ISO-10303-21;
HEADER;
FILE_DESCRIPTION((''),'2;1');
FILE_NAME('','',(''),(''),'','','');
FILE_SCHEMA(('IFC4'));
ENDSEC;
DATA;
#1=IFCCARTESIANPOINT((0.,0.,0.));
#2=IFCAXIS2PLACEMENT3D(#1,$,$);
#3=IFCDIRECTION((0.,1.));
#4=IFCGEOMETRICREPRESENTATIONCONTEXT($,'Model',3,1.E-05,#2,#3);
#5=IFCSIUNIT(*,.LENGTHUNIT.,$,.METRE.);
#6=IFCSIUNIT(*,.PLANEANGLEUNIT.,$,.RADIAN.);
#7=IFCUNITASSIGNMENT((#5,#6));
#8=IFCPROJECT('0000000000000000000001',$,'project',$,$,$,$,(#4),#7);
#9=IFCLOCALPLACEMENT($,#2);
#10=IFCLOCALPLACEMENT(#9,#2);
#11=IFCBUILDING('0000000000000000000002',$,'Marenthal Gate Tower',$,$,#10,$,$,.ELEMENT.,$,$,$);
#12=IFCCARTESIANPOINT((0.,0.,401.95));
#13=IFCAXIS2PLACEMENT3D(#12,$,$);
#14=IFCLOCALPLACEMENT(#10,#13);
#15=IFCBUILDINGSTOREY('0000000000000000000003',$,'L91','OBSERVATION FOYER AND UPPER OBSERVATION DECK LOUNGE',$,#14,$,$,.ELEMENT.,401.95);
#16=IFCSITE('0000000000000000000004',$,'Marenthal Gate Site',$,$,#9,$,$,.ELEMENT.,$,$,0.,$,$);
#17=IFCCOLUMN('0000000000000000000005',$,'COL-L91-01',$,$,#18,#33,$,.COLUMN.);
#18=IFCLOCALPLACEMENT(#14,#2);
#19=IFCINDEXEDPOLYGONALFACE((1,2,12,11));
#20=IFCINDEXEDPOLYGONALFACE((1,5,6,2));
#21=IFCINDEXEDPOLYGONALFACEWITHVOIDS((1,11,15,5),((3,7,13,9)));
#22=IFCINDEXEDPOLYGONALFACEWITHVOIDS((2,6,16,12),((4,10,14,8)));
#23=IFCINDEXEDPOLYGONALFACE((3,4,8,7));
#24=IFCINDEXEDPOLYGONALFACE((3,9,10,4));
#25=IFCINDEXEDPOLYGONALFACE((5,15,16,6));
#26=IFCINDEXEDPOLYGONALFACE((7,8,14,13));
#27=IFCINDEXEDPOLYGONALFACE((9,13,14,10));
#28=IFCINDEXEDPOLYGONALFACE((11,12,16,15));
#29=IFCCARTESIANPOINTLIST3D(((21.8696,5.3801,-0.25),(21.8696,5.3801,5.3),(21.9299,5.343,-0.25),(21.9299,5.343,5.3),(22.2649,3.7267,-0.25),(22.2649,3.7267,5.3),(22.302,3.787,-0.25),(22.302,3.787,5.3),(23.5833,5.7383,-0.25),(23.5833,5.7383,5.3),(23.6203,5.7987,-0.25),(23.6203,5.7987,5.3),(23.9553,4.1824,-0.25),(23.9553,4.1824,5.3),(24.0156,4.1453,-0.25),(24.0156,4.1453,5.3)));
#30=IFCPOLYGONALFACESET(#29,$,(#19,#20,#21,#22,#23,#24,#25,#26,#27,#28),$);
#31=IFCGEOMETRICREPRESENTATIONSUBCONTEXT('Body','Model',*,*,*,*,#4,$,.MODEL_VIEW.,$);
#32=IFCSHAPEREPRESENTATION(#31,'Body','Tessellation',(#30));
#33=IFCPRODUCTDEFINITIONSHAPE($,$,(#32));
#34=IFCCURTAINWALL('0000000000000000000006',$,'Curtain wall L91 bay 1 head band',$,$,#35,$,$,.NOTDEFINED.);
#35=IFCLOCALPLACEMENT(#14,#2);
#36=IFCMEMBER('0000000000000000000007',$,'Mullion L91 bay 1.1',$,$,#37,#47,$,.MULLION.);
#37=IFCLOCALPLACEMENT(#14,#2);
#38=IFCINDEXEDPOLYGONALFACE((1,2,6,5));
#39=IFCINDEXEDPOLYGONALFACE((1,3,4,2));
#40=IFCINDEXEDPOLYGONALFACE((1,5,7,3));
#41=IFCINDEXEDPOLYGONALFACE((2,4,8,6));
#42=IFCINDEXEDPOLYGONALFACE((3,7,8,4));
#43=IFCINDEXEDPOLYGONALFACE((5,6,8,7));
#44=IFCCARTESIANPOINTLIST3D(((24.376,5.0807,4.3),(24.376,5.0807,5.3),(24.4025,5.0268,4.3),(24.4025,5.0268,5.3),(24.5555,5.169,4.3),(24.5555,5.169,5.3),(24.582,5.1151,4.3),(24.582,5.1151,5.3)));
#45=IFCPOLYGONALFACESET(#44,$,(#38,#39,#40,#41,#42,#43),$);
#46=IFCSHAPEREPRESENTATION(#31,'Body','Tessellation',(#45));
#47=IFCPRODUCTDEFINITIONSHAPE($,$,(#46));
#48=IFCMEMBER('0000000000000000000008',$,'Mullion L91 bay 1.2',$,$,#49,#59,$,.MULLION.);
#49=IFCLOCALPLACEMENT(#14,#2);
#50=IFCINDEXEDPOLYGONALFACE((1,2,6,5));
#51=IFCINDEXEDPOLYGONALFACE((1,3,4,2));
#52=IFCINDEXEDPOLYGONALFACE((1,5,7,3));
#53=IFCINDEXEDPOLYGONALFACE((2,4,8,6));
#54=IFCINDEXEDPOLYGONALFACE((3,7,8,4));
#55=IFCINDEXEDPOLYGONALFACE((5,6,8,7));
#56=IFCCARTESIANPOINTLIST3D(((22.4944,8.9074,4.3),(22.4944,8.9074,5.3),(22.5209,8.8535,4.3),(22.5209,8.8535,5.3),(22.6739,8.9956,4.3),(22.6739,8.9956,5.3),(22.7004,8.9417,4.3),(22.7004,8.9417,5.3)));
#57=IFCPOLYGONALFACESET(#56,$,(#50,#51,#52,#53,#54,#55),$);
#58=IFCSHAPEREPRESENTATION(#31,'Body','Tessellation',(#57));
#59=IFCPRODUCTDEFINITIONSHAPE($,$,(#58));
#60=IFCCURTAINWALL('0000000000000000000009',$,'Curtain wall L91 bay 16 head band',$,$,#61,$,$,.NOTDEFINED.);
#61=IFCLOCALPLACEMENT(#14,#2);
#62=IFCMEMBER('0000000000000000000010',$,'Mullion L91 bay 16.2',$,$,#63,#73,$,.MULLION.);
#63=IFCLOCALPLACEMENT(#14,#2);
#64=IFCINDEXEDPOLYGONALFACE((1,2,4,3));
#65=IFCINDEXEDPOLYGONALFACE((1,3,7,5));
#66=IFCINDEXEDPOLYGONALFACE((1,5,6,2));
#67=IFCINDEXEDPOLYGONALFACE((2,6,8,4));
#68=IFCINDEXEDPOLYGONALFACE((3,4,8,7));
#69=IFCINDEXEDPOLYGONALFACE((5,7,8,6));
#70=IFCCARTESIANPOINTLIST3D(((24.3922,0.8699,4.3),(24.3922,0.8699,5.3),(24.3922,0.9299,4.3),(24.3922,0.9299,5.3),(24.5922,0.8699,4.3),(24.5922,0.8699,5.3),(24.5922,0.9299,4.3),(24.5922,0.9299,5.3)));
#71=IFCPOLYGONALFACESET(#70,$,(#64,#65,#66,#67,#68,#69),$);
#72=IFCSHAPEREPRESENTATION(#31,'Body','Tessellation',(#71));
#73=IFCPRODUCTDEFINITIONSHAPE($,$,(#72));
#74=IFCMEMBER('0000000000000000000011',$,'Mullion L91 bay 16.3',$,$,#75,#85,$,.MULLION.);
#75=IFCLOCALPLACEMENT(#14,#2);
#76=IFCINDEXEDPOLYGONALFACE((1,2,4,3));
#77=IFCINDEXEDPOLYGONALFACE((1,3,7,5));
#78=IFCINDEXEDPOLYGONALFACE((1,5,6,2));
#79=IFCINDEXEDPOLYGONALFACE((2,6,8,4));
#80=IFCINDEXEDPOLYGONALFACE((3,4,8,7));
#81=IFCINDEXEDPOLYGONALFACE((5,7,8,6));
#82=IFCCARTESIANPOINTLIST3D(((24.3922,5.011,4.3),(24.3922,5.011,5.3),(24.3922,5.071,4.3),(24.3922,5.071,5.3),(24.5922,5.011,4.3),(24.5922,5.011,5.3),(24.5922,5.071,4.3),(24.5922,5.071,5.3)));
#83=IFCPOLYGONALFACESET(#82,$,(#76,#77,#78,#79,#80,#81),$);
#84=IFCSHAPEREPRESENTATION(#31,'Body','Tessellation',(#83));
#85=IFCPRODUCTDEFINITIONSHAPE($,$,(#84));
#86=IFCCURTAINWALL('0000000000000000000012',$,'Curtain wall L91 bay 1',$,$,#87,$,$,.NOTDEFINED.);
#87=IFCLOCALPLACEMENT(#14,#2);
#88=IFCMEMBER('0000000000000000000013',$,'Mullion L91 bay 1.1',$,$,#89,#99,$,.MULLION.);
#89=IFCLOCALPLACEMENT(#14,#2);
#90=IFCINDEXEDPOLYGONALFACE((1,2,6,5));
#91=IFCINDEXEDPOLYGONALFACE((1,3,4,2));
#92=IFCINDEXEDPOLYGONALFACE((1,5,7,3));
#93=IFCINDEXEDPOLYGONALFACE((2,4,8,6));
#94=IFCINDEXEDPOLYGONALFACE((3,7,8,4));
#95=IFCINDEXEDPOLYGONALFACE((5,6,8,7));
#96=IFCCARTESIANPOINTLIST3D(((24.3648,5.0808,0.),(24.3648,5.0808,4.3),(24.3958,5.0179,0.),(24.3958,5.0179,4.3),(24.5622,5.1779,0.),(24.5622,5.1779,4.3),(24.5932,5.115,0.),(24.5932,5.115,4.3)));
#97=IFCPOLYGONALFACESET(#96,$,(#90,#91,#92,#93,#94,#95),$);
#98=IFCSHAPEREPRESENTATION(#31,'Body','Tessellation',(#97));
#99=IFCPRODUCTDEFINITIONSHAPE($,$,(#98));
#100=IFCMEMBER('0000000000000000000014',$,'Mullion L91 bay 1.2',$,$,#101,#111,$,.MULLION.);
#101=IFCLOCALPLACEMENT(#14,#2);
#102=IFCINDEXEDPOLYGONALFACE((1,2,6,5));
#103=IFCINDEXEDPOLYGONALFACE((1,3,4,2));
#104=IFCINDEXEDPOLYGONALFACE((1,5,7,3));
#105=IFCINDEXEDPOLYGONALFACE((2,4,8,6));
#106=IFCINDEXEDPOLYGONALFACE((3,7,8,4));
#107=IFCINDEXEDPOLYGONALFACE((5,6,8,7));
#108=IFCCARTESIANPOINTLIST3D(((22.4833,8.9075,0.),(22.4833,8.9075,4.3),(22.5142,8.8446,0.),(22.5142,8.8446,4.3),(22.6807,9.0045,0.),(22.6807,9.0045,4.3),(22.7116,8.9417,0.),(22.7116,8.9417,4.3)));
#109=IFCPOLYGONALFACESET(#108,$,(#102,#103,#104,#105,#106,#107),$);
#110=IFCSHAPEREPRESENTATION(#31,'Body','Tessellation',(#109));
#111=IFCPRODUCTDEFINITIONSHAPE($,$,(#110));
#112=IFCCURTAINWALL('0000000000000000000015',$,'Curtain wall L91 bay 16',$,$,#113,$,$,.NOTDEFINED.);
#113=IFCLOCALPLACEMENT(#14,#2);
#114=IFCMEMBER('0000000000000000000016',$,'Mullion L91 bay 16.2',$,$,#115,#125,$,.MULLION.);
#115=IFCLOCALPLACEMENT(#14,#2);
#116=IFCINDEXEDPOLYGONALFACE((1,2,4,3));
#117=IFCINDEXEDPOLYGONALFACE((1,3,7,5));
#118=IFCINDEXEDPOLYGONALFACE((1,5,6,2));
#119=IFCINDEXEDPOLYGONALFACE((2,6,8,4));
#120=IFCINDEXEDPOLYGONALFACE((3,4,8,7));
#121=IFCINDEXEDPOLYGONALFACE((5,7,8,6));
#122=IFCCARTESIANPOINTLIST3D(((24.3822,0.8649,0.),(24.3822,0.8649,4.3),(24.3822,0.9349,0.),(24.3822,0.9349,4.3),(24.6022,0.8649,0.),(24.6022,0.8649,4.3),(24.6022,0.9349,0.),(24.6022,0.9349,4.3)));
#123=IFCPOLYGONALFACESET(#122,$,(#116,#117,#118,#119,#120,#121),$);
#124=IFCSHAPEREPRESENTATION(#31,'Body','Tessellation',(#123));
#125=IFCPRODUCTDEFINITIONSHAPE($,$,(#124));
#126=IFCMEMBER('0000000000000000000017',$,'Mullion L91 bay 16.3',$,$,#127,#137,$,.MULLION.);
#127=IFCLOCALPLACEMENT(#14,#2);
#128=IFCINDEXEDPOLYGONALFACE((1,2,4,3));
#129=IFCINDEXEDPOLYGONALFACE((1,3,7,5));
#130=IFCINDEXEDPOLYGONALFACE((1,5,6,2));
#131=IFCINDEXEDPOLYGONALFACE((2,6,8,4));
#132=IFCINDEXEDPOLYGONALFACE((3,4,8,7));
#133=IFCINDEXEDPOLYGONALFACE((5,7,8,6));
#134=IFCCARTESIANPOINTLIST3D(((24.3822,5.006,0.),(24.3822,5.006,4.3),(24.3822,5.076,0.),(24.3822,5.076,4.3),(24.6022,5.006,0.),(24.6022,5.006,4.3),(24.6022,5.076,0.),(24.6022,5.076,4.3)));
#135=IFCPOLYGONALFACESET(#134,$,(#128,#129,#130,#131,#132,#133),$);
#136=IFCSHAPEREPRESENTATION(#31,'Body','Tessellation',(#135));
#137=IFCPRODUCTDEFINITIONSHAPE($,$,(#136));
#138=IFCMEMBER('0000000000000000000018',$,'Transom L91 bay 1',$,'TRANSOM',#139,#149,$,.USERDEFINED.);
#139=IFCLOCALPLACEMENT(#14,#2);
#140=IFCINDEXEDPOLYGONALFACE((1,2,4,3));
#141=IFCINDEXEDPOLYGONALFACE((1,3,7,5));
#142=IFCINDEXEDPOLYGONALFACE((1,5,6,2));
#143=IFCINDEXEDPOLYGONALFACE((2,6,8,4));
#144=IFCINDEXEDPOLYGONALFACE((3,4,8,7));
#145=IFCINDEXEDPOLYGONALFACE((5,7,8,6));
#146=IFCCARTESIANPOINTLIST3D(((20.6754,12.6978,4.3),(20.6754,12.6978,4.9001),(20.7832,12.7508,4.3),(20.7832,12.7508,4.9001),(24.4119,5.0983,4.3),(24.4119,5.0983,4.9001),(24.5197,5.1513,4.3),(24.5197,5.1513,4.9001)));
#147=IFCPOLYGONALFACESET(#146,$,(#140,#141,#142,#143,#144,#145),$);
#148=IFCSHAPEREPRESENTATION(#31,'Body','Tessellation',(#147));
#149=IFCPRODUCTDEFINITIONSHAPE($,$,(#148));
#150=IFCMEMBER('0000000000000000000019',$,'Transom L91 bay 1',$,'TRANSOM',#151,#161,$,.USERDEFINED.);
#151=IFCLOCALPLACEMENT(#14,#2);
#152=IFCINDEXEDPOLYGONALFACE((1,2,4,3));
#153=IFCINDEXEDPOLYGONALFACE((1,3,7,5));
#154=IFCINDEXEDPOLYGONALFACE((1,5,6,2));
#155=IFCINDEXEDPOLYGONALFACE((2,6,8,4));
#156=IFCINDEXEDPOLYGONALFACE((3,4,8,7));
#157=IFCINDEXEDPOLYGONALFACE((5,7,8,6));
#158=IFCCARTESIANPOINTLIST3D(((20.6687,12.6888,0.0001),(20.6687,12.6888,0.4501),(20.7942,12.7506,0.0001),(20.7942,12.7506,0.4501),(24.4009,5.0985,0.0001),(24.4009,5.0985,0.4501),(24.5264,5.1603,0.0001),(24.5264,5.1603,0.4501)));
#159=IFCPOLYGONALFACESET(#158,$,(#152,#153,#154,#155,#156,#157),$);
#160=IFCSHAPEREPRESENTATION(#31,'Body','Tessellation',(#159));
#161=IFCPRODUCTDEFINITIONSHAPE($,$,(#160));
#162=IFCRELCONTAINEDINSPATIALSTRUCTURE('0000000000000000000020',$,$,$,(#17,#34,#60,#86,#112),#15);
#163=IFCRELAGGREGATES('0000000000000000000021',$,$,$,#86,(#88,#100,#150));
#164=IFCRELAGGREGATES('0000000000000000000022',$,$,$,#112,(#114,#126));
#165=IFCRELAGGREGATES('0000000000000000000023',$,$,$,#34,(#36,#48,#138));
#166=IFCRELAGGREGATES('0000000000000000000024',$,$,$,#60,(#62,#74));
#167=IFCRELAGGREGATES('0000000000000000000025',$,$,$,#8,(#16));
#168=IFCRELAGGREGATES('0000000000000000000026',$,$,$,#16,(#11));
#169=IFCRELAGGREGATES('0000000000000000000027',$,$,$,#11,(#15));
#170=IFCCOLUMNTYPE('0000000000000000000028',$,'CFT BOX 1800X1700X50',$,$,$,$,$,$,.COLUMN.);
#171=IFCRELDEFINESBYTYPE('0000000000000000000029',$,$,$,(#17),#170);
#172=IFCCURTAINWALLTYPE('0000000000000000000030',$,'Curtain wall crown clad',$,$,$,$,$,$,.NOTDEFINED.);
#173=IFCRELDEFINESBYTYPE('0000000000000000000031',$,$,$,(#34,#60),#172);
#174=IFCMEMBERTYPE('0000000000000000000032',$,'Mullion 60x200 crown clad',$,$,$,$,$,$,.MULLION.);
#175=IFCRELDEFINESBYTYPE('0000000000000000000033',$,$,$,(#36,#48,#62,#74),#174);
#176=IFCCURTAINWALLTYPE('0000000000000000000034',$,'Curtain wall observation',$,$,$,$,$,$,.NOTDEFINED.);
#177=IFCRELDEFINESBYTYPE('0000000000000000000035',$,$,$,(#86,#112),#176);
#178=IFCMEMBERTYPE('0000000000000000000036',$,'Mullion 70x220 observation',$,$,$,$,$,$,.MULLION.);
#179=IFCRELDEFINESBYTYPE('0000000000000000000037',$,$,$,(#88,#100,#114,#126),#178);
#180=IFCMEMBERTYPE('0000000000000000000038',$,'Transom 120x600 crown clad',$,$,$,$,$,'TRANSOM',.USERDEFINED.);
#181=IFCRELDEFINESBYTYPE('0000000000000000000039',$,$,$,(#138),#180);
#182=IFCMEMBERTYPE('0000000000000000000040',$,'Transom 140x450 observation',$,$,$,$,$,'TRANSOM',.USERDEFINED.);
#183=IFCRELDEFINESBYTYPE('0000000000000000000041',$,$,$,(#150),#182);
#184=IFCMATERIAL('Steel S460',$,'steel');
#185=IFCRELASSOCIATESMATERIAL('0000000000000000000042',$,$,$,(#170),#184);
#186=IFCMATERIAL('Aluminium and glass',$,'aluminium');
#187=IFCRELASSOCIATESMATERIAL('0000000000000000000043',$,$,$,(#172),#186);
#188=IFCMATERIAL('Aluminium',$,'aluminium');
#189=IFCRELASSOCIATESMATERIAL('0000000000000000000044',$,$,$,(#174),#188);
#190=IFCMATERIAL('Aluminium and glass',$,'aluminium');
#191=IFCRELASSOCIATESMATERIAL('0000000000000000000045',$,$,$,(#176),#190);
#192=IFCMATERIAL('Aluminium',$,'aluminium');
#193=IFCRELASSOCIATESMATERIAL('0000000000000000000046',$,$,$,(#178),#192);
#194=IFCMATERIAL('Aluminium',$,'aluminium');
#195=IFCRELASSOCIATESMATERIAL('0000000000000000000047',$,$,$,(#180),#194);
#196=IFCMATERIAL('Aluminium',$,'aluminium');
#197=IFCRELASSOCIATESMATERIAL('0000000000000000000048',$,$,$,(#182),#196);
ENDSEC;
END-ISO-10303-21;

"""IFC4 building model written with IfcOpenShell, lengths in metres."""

from ifc_helpers import new_model, si_unit, direction, frame, origin, origin_2d, place, context, subcontext, project, spatial, rectangle, hollow_rectangle, extrude, material, material_profile, profile_set, type_object, element, aggregate, save


model = new_model("IFC4")

# Units and contexts
model_context = context("Model", 3, precision=1e-05, world=origin(), true_north=direction((0.0, 1.0)))
body_context = subcontext(model_context, "Body", "Model", "MODEL_VIEW")
ifc_project = project(units=[si_unit("LENGTHUNIT", "METRE"), si_unit("PLANEANGLEUNIT", "RADIAN")], contexts=[model_context])

# Site, building, storey
site_placement = place(None, origin())
site = spatial("IfcSite", under=ifc_project, at=site_placement, Name="Marenthal Gate Site", CompositionType="ELEMENT", RefElevation=0.0)
building_placement = place(site_placement, origin())
building = spatial("IfcBuilding", under=site, at=building_placement, Name="Marenthal Gate Tower", CompositionType="ELEMENT")
storey_placement = place(building_placement, frame((0.0, 0.0, 401.95)))
storey = spatial("IfcBuildingStorey", under=building, at=storey_placement, Name="L91", Description="OBSERVATION FOYER AND UPPER OBSERVATION DECK LOUNGE", CompositionType="ELEMENT", Elevation=401.95)

# Column
ifc_material_1 = material(Name="Steel S460", Category="steel")
ifc_material_profile_1 = material_profile(ifc_material_1, hollow_rectangle(XDim=1.7, YDim=1.8, WallThickness=0.05, at=origin_2d()), Name="CFT BOX 1800X1700X50")
ifc_material_2 = material(Name="Concrete 70 MPa", Category="concrete")
ifc_material_profile_2 = material_profile(ifc_material_2, rectangle(XDim=1.6001, YDim=1.7, at=origin_2d()), Name="CFT BOX 1800X1700X50 INFILL")
ifc_profile_set_1 = profile_set([ifc_material_profile_1, ifc_material_profile_2], Name="Steel S460 shell, Concrete 70 MPa infill")
column_type = type_object("IfcColumnType", Name="CFT BOX 1800X1700X50", PredefinedType="COLUMN", material=ifc_profile_set_1)
column_placement = place(storey_placement, frame((22.9426, 4.7627, -0.25), z_axis=(0.0, 0.0, 1.0), x_axis=(0.232542, -0.972586, 0.0)))
element("IfcColumn", 1, at=column_placement, inside=storey, type_object=column_type, Name="COL-L91-01", PredefinedType="COLUMN", context=body_context, shape_type="SweptSolid", body=[
    extrude(hollow_rectangle(XDim=1.7, YDim=1.8, WallThickness=0.05, at=origin_2d()), origin(), (0.0, 0.0, 1.0), 5.55),
])

# Curtain walls, members
ifc_material_3 = material(Name="Aluminium and glass", Category="aluminium")
curtain_wall_type_1 = type_object("IfcCurtainWallType", Name="Curtain wall crown clad", PredefinedType="NOTDEFINED", material=ifc_material_3)
curtain_wall_1_placement = place(storey_placement, origin())
curtain_wall_1 = element("IfcCurtainWall", 2, at=curtain_wall_1_placement, inside=storey, type_object=curtain_wall_type_1, Name="Curtain wall L91 bay 1 head band", PredefinedType="NOTDEFINED")
ifc_material_4 = material(Name="Aluminium", Category="aluminium")
ifc_material_profile_3 = material_profile(ifc_material_4, rectangle(XDim=0.2, YDim=0.0601, at=origin_2d()), Name="60x200 aluminium mullion")
ifc_profile_set_2 = profile_set([ifc_material_profile_3], Name="Aluminium")
member_type_1 = type_object("IfcMemberType", Name="Mullion 60x200 crown clad", PredefinedType="MULLION", material=ifc_profile_set_2)
member_1_placement = place(storey_placement, frame((24.479, 5.0979, 4.3), z_axis=(0.0, 0.0, 1.0), x_axis=(-0.897386, -0.441247, 0.0)))
member_1 = element("IfcMember", 3, at=member_1_placement, type_object=member_type_1, Name="Mullion L91 bay 1.1", PredefinedType="MULLION", context=body_context, shape_type="SweptSolid", body=[
    extrude(rectangle(XDim=0.2, YDim=0.0601, at=origin_2d()), origin(), (0.0, 0.0, 1.0), 1.0),
])
member_2_placement = place(storey_placement, frame((22.5974, 8.9246, 4.3), z_axis=(0.0, 0.0, 1.0), x_axis=(-0.897386, -0.441247, 0.0)))
member_2 = element("IfcMember", 4, at=member_2_placement, type_object=member_type_1, Name="Mullion L91 bay 1.2", PredefinedType="MULLION", context=body_context, shape_type="SweptSolid", body=[
    extrude(rectangle(XDim=0.2, YDim=0.0601, at=origin_2d()), origin(), (0.0, 0.0, 1.0), 1.0),
])
curtain_wall_2_placement = place(storey_placement, origin())
curtain_wall_2 = element("IfcCurtainWall", 5, at=curtain_wall_2_placement, inside=storey, type_object=curtain_wall_type_1, Name="Curtain wall L91 bay 16 head band", PredefinedType="NOTDEFINED")
member_3_placement = place(storey_placement, frame((24.4922, 0.8999, 4.3), z_axis=(0.0, 0.0, 1.0), x_axis=(-1.0, 0.0, 0.0)))
member_3 = element("IfcMember", 6, at=member_3_placement, type_object=member_type_1, Name="Mullion L91 bay 16.2", PredefinedType="MULLION", context=body_context, shape_type="SweptSolid", body=[
    extrude(rectangle(XDim=0.2, YDim=0.0601, at=origin_2d()), origin(), (0.0, 0.0, 1.0), 1.0),
])
member_4_placement = place(storey_placement, frame((24.4922, 5.041, 4.3), z_axis=(0.0, 0.0, 1.0), x_axis=(-1.0, 0.0, 0.0)))
member_4 = element("IfcMember", 7, at=member_4_placement, type_object=member_type_1, Name="Mullion L91 bay 16.3", PredefinedType="MULLION", context=body_context, shape_type="SweptSolid", body=[
    extrude(rectangle(XDim=0.2, YDim=0.0601, at=origin_2d()), origin(), (0.0, 0.0, 1.0), 1.0),
])
ifc_material_5 = material(Name="Aluminium and glass", Category="aluminium")
curtain_wall_type_2 = type_object("IfcCurtainWallType", Name="Curtain wall observation", PredefinedType="NOTDEFINED", material=ifc_material_5)
curtain_wall_3_placement = place(storey_placement, origin())
curtain_wall_3 = element("IfcCurtainWall", 8, at=curtain_wall_3_placement, inside=storey, type_object=curtain_wall_type_2, Name="Curtain wall L91 bay 1", PredefinedType="NOTDEFINED")
ifc_material_6 = material(Name="Aluminium", Category="aluminium")
ifc_material_profile_4 = material_profile(ifc_material_6, rectangle(XDim=0.22, YDim=0.0701, at=origin_2d()), Name="70x220 aluminium mullion")
ifc_profile_set_3 = profile_set([ifc_material_profile_4], Name="Aluminium")
member_type_2 = type_object("IfcMemberType", Name="Mullion 70x220 observation", PredefinedType="MULLION", material=ifc_profile_set_3)
member_5_placement = place(storey_placement, frame((24.479, 5.0979, 0.0), z_axis=(0.0, 0.0, 1.0), x_axis=(-0.897386, -0.441247, 0.0)))
member_5 = element("IfcMember", 9, at=member_5_placement, type_object=member_type_2, Name="Mullion L91 bay 1.1", PredefinedType="MULLION", context=body_context, shape_type="SweptSolid", body=[
    extrude(rectangle(XDim=0.22, YDim=0.0701, at=origin_2d()), origin(), (0.0, 0.0, 1.0), 4.3),
])
member_6_placement = place(storey_placement, frame((22.5974, 8.9246, 0.0), z_axis=(0.0, 0.0, 1.0), x_axis=(-0.897386, -0.441247, 0.0)))
member_6 = element("IfcMember", 10, at=member_6_placement, type_object=member_type_2, Name="Mullion L91 bay 1.2", PredefinedType="MULLION", context=body_context, shape_type="SweptSolid", body=[
    extrude(rectangle(XDim=0.22, YDim=0.0701, at=origin_2d()), origin(), (0.0, 0.0, 1.0), 4.3),
])
curtain_wall_4_placement = place(storey_placement, origin())
curtain_wall_4 = element("IfcCurtainWall", 11, at=curtain_wall_4_placement, inside=storey, type_object=curtain_wall_type_2, Name="Curtain wall L91 bay 16", PredefinedType="NOTDEFINED")
member_7_placement = place(storey_placement, frame((24.4922, 0.8999, 0.0), z_axis=(0.0, 0.0, 1.0), x_axis=(-1.0, 0.0, 0.0)))
member_7 = element("IfcMember", 12, at=member_7_placement, type_object=member_type_2, Name="Mullion L91 bay 16.2", PredefinedType="MULLION", context=body_context, shape_type="SweptSolid", body=[
    extrude(rectangle(XDim=0.22, YDim=0.0701, at=origin_2d()), origin(), (0.0, 0.0, 1.0), 4.3),
])
member_8_placement = place(storey_placement, frame((24.4922, 5.041, 0.0), z_axis=(0.0, 0.0, 1.0), x_axis=(-1.0, 0.0, 0.0)))
member_8 = element("IfcMember", 13, at=member_8_placement, type_object=member_type_2, Name="Mullion L91 bay 16.3", PredefinedType="MULLION", context=body_context, shape_type="SweptSolid", body=[
    extrude(rectangle(XDim=0.22, YDim=0.0701, at=origin_2d()), origin(), (0.0, 0.0, 1.0), 4.3),
])

# Members
ifc_material_7 = material(Name="Aluminium", Category="aluminium")
ifc_material_profile_5 = material_profile(ifc_material_7, rectangle(XDim=0.1201, YDim=0.6001, at=origin_2d()), Name="120x600 aluminium transom")
ifc_profile_set_4 = profile_set([ifc_material_profile_5], Name="Aluminium")
member_type_3 = type_object("IfcMemberType", Name="Transom 120x600 crown clad", ElementType="TRANSOM", PredefinedType="USERDEFINED", material=ifc_profile_set_4)
member_9_placement = place(storey_placement, frame((24.4658, 5.1248, 4.6001), z_axis=(-0.44123, 0.897394, 0.0), x_axis=(-0.897394, -0.44123, 0.0)))
member_9 = element("IfcMember", 14, at=member_9_placement, type_object=member_type_3, Name="Transom L91 bay 1", ObjectType="TRANSOM", PredefinedType="USERDEFINED", context=body_context, shape_type="SweptSolid", body=[
    extrude(rectangle(XDim=0.1201, YDim=0.6001, at=origin_2d()), origin(), (0.0, 0.0, 1.0), 8.4685),
])
ifc_material_8 = material(Name="Aluminium", Category="aluminium")
ifc_material_profile_6 = material_profile(ifc_material_8, rectangle(XDim=0.1399, YDim=0.45, at=origin_2d()), Name="140x450 aluminium transom")
ifc_profile_set_5 = profile_set([ifc_material_profile_6], Name="Aluminium")
member_type_4 = type_object("IfcMemberType", Name="Transom 140x450 observation", ElementType="TRANSOM", PredefinedType="USERDEFINED", material=ifc_profile_set_5)
member_10_placement = place(storey_placement, frame((24.4636, 5.1294, 0.2251), z_axis=(-0.441246, 0.897386, 0.0), x_axis=(-0.897386, -0.441246, 0.0)))
member_10 = element("IfcMember", 15, at=member_10_placement, type_object=member_type_4, Name="Transom L91 bay 1", ObjectType="TRANSOM", PredefinedType="USERDEFINED", context=body_context, shape_type="SweptSolid", body=[
    extrude(rectangle(XDim=0.1399, YDim=0.45, at=origin_2d()), origin(), (0.0, 0.0, 1.0), 8.4583),
])

aggregate(curtain_wall_3, [member_5, member_6, member_10])
aggregate(curtain_wall_4, [member_7, member_8])
aggregate(curtain_wall_1, [member_1, member_2, member_9])
aggregate(curtain_wall_2, [member_3, member_4])

save(model, "model.ifc")
